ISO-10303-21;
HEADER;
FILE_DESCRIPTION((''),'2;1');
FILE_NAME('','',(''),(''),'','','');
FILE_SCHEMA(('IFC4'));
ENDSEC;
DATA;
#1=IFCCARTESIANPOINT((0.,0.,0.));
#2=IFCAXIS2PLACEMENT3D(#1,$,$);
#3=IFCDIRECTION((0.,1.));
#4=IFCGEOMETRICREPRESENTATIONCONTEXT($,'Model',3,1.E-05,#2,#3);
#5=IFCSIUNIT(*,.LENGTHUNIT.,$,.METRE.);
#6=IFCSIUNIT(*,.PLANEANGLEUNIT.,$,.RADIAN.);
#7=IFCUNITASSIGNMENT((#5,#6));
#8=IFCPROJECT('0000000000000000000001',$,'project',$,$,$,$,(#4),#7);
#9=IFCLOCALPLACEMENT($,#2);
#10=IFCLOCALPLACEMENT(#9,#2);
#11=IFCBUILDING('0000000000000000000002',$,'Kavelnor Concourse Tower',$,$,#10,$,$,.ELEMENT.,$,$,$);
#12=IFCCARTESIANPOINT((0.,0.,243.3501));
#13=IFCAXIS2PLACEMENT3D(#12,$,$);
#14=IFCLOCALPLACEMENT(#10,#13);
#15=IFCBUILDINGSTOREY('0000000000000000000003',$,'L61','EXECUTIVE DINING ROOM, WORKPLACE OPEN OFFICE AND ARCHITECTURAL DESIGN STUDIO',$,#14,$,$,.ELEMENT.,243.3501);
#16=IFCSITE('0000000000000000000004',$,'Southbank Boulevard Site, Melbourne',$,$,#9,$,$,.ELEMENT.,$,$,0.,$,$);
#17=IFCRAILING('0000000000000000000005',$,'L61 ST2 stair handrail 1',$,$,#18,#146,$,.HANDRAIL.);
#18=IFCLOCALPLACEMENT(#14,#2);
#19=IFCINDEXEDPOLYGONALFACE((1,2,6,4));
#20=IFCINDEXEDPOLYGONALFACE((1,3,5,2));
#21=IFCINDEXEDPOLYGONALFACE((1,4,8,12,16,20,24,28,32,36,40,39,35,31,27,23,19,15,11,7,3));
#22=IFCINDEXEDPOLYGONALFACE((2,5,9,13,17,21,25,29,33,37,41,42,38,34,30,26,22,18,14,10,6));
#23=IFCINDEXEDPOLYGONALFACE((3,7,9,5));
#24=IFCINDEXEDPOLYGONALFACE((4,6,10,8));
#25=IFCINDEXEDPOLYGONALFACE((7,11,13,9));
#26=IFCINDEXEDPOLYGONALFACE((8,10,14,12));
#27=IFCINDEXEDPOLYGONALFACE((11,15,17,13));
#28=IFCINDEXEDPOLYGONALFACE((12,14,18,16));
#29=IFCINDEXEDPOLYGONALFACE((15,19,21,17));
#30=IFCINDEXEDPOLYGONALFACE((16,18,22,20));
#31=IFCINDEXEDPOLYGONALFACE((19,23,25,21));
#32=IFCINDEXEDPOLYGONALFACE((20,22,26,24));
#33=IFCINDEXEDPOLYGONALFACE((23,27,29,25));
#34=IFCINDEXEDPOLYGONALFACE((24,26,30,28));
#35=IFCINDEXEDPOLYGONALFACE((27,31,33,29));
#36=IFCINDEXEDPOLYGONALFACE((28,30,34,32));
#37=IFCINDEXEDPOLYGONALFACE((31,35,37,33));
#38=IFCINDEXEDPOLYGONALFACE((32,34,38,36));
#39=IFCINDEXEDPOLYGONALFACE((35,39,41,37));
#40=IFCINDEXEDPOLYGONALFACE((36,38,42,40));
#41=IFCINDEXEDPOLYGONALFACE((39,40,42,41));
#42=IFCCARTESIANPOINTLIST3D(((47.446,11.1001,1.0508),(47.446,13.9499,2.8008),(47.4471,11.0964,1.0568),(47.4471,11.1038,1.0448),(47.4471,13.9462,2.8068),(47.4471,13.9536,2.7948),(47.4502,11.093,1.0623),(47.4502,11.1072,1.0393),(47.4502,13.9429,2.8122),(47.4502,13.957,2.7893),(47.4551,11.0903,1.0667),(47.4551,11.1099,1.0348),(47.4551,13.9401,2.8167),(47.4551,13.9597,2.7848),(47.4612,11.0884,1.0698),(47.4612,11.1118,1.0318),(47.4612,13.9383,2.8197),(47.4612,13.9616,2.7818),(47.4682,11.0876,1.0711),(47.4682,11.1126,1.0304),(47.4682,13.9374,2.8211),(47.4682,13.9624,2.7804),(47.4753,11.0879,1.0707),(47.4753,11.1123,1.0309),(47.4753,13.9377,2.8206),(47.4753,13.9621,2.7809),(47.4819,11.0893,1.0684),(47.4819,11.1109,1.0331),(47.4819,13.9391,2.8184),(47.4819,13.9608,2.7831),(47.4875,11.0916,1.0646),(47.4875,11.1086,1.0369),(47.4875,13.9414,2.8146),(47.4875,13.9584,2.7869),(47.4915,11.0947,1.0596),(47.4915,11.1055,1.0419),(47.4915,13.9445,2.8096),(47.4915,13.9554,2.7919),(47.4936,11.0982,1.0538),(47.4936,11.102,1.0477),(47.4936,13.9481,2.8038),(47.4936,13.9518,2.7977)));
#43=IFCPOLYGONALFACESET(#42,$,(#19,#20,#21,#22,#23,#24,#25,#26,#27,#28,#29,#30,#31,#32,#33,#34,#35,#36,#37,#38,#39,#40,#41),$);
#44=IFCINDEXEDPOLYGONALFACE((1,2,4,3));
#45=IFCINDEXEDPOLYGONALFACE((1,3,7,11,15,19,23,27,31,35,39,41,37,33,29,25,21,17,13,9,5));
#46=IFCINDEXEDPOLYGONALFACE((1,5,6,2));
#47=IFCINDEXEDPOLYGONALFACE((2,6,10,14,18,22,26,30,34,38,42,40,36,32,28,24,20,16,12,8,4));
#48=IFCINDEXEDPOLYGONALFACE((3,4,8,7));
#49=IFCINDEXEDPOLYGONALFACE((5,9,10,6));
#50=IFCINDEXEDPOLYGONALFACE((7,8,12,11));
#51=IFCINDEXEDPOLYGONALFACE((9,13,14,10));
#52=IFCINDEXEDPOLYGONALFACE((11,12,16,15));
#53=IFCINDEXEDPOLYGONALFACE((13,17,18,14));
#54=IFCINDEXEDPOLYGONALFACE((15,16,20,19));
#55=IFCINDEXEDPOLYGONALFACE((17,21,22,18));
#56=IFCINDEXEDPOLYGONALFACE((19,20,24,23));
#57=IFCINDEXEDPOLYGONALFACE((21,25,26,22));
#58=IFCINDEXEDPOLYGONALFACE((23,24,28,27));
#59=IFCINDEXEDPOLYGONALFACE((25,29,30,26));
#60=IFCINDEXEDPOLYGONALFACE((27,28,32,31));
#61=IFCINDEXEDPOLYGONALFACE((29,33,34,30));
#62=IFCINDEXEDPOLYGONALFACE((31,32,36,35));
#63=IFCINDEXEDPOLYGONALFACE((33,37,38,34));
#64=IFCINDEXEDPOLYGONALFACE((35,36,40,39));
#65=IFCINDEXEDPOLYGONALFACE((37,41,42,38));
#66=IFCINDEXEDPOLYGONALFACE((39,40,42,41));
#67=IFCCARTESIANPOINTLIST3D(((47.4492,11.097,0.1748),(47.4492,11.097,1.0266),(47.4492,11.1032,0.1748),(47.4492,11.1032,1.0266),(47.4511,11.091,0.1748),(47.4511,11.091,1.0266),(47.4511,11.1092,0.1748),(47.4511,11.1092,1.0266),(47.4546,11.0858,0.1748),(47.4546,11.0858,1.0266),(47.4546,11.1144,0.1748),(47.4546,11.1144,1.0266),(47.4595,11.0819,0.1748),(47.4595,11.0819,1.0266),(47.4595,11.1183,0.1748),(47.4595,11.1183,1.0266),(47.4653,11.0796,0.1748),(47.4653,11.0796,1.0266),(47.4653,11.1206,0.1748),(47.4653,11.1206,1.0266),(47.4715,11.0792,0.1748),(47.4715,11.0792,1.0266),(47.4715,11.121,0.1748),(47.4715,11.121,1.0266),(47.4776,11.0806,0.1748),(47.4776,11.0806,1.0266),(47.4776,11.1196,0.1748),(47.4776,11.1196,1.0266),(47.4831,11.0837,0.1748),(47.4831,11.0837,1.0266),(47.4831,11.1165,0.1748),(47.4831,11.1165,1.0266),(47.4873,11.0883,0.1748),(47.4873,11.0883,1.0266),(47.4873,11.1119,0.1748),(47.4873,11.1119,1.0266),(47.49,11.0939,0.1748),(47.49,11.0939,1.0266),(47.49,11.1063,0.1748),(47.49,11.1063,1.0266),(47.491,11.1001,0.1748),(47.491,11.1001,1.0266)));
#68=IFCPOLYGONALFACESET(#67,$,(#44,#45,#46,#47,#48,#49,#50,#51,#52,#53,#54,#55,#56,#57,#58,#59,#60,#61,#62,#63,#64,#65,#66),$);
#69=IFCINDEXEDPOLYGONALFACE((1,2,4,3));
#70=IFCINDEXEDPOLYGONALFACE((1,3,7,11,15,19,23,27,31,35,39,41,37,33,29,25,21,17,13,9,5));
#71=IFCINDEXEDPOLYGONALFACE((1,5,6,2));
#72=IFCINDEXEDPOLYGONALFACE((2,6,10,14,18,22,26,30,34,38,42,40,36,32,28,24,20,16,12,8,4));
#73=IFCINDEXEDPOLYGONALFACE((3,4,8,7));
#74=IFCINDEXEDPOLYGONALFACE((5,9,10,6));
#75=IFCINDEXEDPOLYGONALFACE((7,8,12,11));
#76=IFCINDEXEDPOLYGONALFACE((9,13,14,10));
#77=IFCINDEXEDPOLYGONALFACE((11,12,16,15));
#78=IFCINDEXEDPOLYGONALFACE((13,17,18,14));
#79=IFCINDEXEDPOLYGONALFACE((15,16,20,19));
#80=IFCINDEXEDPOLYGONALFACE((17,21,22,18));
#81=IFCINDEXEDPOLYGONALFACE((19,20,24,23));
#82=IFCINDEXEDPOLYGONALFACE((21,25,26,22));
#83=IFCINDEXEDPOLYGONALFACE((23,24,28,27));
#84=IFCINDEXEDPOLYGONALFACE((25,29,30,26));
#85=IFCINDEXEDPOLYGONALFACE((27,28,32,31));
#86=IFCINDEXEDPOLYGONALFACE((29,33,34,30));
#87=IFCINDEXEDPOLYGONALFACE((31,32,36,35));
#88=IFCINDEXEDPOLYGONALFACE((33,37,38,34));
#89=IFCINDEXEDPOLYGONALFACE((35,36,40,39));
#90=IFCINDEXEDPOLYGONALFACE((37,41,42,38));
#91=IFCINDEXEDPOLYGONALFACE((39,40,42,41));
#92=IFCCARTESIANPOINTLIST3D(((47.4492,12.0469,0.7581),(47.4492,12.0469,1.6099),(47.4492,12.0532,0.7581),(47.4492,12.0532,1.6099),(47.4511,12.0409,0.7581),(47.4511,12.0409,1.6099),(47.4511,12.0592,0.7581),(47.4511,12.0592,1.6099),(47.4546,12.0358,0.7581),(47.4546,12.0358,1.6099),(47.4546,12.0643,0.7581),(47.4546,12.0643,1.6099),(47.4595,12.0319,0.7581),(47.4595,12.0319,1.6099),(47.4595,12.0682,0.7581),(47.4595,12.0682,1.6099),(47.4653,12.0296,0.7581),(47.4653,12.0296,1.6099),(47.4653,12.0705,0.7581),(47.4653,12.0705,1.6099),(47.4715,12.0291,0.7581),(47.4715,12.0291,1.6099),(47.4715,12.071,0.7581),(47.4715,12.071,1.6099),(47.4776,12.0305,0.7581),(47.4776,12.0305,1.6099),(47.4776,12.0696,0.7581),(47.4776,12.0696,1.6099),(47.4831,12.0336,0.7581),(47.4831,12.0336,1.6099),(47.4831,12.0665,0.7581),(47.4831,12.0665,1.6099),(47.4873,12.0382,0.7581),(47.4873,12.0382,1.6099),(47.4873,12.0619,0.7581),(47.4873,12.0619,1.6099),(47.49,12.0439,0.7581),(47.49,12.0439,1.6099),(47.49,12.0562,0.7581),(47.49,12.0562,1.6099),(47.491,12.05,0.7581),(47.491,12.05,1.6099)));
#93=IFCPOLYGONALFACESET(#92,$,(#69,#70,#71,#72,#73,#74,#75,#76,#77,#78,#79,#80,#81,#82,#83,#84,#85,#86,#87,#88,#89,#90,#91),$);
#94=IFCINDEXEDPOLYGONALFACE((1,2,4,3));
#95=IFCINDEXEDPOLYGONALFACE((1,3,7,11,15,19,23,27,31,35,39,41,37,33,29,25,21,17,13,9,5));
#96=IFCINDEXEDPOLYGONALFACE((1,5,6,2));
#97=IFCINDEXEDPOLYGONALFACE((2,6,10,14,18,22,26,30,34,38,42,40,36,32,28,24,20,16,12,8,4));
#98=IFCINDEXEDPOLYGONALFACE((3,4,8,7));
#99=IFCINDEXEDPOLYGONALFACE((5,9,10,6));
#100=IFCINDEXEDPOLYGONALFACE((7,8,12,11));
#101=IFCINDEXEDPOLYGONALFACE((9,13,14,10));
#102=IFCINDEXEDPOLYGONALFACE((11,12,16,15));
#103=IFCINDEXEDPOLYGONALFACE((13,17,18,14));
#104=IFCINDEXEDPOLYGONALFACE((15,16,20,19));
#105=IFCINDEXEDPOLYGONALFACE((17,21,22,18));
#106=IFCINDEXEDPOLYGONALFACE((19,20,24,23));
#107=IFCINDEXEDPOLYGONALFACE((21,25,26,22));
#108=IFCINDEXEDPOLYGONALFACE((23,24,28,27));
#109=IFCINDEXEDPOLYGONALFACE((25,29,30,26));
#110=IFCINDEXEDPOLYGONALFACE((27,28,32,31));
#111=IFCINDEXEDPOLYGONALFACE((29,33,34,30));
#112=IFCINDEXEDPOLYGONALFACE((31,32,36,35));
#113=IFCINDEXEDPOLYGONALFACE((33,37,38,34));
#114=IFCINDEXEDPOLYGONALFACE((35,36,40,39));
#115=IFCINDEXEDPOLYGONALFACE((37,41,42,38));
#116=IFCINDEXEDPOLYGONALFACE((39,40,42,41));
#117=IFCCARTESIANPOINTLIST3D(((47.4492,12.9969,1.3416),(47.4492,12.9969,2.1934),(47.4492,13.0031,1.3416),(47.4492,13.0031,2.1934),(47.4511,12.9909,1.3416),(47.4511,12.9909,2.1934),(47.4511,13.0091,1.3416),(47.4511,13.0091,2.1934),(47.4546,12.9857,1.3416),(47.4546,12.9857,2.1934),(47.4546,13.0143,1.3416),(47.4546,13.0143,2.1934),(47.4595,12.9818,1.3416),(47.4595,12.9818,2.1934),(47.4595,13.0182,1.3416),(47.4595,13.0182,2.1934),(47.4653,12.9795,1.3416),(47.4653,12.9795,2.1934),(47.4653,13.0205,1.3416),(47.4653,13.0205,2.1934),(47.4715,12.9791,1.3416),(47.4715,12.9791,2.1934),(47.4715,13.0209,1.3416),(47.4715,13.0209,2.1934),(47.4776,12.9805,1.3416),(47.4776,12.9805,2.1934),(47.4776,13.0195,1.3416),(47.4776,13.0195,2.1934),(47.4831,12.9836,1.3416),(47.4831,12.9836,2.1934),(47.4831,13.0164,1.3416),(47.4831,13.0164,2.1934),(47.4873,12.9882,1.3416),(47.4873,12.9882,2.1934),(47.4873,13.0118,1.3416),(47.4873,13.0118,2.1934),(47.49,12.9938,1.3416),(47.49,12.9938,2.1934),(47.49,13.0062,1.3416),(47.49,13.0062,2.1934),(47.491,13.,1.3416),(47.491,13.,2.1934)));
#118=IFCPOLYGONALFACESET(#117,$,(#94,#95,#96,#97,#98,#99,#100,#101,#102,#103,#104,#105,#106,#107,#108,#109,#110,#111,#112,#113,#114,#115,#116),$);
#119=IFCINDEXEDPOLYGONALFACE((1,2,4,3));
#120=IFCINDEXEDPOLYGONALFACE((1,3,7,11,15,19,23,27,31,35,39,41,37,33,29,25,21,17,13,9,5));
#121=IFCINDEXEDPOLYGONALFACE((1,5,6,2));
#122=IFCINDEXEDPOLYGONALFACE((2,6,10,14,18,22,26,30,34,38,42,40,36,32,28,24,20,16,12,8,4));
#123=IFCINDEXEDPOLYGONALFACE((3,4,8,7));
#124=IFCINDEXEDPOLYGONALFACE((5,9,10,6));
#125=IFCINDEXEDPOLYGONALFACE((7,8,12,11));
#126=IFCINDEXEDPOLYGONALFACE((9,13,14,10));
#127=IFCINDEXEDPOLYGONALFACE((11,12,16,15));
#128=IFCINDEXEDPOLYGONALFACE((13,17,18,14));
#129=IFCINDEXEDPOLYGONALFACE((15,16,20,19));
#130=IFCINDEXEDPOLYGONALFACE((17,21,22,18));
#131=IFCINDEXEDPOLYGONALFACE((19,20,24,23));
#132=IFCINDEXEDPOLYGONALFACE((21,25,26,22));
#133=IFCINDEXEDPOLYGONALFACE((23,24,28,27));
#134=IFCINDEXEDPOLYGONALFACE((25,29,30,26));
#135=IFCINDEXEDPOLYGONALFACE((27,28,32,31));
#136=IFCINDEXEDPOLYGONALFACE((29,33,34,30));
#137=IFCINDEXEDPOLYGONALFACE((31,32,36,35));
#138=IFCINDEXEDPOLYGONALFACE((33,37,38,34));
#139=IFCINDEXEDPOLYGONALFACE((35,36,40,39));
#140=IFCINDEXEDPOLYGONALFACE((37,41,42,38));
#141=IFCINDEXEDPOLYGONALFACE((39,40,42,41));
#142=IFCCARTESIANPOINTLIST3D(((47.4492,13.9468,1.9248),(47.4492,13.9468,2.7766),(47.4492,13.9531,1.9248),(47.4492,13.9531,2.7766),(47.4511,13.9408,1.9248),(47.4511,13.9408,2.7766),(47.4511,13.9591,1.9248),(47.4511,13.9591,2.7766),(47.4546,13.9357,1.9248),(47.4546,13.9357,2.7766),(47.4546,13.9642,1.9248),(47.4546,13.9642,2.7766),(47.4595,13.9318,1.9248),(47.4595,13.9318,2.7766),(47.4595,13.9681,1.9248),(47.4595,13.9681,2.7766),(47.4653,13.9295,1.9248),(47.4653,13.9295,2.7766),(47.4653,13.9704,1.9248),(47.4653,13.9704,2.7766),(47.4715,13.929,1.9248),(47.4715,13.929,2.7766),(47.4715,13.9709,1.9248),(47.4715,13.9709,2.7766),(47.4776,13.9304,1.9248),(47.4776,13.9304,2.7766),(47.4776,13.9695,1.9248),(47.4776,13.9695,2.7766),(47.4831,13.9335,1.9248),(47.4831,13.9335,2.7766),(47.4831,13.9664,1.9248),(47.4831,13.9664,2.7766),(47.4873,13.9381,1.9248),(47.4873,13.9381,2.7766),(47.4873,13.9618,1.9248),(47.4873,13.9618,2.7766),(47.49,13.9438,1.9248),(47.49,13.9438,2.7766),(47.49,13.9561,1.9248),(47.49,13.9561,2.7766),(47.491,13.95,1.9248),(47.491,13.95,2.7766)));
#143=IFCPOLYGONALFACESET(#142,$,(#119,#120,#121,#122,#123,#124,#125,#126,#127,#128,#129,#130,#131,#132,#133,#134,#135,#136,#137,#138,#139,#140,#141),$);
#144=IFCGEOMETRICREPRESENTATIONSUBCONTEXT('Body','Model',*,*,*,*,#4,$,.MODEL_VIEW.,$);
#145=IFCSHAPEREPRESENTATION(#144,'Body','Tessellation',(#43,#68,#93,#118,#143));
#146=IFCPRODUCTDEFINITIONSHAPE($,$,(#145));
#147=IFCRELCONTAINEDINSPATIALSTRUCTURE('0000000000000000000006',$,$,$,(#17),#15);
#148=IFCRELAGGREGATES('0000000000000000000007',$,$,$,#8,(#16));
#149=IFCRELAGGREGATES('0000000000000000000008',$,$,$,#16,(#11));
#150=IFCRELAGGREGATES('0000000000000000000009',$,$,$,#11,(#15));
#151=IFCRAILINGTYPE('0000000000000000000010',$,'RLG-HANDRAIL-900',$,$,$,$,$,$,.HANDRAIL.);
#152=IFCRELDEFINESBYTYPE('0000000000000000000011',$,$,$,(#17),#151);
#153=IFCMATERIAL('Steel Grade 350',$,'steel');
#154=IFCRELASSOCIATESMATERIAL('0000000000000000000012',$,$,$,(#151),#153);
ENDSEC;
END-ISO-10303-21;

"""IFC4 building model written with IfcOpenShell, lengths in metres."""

from ifc_helpers import new_model, si_unit, direction, frame, origin, origin_2d, place, context, subcontext, project, spatial, circle, extrude, material, type_object, element, save


model = new_model("IFC4")

# Units and contexts
model_context = context("Model", 3, precision=1e-05, world=origin(), true_north=direction((0.0, 1.0)))
body_context = subcontext(model_context, "Body", "Model", "MODEL_VIEW")
ifc_project = project(units=[si_unit("LENGTHUNIT", "METRE"), si_unit("PLANEANGLEUNIT", "RADIAN")], contexts=[model_context])

# Site, building, storey
site_placement = place(None, origin())
site = spatial("IfcSite", under=ifc_project, at=site_placement, Name="Southbank Boulevard Site, Melbourne", CompositionType="ELEMENT", RefElevation=0.0)
building_placement = place(site_placement, origin())
building = spatial("IfcBuilding", under=site, at=building_placement, Name="Kavelnor Concourse Tower", CompositionType="ELEMENT")
storey_placement = place(building_placement, frame((0.0, 0.0, 243.3501)))
storey = spatial("IfcBuildingStorey", under=building, at=storey_placement, Name="L61", Description="EXECUTIVE DINING ROOM, WORKPLACE OPEN OFFICE AND ARCHITECTURAL DESIGN STUDIO", CompositionType="ELEMENT", Elevation=243.3501)

# Shared definitions
ifc_material_1 = material(Name="Steel Grade 350", Category="steel")

# Railing
railing_type_1 = type_object("IfcRailingType", Name="RLG-HANDRAIL-900", PredefinedType="HANDRAIL", material=ifc_material_1)
railing_1_placement = place(storey_placement, frame((47.47, 11.1001, 0.1748)))
element("IfcRailing", 1, at=railing_1_placement, inside=storey, type_object=railing_type_1, Name="L61 ST2 stair handrail 1", PredefinedType="HANDRAIL", context=body_context, shape_type="SweptSolid", body=[
    extrude(circle(Radius=0.0239, at=origin_2d()), frame((0.0, 0.0, 0.876), z_axis=(0.0, 0.852159, 0.523283), x_axis=(-1.0, 0.0, 0.0)), (0.0, 0.0, 1.0), 3.3442),
    extrude(circle(Radius=0.021, at=origin_2d()), origin(), (0.0, 0.0, 1.0), 0.8518),
    extrude(circle(Radius=0.021, at=origin_2d()), frame((0.0, 0.95, 0.5833)), (0.0, 0.0, 1.0), 0.8518),
    extrude(circle(Radius=0.021, at=origin_2d()), frame((0.0, 1.8999, 1.1667)), (0.0, 0.0, 1.0), 0.8518),
    extrude(circle(Radius=0.021, at=origin_2d()), frame((0.0, 2.8499, 1.75)), (0.0, 0.0, 1.0), 0.8518),
])

save(model, "model.ifc")
